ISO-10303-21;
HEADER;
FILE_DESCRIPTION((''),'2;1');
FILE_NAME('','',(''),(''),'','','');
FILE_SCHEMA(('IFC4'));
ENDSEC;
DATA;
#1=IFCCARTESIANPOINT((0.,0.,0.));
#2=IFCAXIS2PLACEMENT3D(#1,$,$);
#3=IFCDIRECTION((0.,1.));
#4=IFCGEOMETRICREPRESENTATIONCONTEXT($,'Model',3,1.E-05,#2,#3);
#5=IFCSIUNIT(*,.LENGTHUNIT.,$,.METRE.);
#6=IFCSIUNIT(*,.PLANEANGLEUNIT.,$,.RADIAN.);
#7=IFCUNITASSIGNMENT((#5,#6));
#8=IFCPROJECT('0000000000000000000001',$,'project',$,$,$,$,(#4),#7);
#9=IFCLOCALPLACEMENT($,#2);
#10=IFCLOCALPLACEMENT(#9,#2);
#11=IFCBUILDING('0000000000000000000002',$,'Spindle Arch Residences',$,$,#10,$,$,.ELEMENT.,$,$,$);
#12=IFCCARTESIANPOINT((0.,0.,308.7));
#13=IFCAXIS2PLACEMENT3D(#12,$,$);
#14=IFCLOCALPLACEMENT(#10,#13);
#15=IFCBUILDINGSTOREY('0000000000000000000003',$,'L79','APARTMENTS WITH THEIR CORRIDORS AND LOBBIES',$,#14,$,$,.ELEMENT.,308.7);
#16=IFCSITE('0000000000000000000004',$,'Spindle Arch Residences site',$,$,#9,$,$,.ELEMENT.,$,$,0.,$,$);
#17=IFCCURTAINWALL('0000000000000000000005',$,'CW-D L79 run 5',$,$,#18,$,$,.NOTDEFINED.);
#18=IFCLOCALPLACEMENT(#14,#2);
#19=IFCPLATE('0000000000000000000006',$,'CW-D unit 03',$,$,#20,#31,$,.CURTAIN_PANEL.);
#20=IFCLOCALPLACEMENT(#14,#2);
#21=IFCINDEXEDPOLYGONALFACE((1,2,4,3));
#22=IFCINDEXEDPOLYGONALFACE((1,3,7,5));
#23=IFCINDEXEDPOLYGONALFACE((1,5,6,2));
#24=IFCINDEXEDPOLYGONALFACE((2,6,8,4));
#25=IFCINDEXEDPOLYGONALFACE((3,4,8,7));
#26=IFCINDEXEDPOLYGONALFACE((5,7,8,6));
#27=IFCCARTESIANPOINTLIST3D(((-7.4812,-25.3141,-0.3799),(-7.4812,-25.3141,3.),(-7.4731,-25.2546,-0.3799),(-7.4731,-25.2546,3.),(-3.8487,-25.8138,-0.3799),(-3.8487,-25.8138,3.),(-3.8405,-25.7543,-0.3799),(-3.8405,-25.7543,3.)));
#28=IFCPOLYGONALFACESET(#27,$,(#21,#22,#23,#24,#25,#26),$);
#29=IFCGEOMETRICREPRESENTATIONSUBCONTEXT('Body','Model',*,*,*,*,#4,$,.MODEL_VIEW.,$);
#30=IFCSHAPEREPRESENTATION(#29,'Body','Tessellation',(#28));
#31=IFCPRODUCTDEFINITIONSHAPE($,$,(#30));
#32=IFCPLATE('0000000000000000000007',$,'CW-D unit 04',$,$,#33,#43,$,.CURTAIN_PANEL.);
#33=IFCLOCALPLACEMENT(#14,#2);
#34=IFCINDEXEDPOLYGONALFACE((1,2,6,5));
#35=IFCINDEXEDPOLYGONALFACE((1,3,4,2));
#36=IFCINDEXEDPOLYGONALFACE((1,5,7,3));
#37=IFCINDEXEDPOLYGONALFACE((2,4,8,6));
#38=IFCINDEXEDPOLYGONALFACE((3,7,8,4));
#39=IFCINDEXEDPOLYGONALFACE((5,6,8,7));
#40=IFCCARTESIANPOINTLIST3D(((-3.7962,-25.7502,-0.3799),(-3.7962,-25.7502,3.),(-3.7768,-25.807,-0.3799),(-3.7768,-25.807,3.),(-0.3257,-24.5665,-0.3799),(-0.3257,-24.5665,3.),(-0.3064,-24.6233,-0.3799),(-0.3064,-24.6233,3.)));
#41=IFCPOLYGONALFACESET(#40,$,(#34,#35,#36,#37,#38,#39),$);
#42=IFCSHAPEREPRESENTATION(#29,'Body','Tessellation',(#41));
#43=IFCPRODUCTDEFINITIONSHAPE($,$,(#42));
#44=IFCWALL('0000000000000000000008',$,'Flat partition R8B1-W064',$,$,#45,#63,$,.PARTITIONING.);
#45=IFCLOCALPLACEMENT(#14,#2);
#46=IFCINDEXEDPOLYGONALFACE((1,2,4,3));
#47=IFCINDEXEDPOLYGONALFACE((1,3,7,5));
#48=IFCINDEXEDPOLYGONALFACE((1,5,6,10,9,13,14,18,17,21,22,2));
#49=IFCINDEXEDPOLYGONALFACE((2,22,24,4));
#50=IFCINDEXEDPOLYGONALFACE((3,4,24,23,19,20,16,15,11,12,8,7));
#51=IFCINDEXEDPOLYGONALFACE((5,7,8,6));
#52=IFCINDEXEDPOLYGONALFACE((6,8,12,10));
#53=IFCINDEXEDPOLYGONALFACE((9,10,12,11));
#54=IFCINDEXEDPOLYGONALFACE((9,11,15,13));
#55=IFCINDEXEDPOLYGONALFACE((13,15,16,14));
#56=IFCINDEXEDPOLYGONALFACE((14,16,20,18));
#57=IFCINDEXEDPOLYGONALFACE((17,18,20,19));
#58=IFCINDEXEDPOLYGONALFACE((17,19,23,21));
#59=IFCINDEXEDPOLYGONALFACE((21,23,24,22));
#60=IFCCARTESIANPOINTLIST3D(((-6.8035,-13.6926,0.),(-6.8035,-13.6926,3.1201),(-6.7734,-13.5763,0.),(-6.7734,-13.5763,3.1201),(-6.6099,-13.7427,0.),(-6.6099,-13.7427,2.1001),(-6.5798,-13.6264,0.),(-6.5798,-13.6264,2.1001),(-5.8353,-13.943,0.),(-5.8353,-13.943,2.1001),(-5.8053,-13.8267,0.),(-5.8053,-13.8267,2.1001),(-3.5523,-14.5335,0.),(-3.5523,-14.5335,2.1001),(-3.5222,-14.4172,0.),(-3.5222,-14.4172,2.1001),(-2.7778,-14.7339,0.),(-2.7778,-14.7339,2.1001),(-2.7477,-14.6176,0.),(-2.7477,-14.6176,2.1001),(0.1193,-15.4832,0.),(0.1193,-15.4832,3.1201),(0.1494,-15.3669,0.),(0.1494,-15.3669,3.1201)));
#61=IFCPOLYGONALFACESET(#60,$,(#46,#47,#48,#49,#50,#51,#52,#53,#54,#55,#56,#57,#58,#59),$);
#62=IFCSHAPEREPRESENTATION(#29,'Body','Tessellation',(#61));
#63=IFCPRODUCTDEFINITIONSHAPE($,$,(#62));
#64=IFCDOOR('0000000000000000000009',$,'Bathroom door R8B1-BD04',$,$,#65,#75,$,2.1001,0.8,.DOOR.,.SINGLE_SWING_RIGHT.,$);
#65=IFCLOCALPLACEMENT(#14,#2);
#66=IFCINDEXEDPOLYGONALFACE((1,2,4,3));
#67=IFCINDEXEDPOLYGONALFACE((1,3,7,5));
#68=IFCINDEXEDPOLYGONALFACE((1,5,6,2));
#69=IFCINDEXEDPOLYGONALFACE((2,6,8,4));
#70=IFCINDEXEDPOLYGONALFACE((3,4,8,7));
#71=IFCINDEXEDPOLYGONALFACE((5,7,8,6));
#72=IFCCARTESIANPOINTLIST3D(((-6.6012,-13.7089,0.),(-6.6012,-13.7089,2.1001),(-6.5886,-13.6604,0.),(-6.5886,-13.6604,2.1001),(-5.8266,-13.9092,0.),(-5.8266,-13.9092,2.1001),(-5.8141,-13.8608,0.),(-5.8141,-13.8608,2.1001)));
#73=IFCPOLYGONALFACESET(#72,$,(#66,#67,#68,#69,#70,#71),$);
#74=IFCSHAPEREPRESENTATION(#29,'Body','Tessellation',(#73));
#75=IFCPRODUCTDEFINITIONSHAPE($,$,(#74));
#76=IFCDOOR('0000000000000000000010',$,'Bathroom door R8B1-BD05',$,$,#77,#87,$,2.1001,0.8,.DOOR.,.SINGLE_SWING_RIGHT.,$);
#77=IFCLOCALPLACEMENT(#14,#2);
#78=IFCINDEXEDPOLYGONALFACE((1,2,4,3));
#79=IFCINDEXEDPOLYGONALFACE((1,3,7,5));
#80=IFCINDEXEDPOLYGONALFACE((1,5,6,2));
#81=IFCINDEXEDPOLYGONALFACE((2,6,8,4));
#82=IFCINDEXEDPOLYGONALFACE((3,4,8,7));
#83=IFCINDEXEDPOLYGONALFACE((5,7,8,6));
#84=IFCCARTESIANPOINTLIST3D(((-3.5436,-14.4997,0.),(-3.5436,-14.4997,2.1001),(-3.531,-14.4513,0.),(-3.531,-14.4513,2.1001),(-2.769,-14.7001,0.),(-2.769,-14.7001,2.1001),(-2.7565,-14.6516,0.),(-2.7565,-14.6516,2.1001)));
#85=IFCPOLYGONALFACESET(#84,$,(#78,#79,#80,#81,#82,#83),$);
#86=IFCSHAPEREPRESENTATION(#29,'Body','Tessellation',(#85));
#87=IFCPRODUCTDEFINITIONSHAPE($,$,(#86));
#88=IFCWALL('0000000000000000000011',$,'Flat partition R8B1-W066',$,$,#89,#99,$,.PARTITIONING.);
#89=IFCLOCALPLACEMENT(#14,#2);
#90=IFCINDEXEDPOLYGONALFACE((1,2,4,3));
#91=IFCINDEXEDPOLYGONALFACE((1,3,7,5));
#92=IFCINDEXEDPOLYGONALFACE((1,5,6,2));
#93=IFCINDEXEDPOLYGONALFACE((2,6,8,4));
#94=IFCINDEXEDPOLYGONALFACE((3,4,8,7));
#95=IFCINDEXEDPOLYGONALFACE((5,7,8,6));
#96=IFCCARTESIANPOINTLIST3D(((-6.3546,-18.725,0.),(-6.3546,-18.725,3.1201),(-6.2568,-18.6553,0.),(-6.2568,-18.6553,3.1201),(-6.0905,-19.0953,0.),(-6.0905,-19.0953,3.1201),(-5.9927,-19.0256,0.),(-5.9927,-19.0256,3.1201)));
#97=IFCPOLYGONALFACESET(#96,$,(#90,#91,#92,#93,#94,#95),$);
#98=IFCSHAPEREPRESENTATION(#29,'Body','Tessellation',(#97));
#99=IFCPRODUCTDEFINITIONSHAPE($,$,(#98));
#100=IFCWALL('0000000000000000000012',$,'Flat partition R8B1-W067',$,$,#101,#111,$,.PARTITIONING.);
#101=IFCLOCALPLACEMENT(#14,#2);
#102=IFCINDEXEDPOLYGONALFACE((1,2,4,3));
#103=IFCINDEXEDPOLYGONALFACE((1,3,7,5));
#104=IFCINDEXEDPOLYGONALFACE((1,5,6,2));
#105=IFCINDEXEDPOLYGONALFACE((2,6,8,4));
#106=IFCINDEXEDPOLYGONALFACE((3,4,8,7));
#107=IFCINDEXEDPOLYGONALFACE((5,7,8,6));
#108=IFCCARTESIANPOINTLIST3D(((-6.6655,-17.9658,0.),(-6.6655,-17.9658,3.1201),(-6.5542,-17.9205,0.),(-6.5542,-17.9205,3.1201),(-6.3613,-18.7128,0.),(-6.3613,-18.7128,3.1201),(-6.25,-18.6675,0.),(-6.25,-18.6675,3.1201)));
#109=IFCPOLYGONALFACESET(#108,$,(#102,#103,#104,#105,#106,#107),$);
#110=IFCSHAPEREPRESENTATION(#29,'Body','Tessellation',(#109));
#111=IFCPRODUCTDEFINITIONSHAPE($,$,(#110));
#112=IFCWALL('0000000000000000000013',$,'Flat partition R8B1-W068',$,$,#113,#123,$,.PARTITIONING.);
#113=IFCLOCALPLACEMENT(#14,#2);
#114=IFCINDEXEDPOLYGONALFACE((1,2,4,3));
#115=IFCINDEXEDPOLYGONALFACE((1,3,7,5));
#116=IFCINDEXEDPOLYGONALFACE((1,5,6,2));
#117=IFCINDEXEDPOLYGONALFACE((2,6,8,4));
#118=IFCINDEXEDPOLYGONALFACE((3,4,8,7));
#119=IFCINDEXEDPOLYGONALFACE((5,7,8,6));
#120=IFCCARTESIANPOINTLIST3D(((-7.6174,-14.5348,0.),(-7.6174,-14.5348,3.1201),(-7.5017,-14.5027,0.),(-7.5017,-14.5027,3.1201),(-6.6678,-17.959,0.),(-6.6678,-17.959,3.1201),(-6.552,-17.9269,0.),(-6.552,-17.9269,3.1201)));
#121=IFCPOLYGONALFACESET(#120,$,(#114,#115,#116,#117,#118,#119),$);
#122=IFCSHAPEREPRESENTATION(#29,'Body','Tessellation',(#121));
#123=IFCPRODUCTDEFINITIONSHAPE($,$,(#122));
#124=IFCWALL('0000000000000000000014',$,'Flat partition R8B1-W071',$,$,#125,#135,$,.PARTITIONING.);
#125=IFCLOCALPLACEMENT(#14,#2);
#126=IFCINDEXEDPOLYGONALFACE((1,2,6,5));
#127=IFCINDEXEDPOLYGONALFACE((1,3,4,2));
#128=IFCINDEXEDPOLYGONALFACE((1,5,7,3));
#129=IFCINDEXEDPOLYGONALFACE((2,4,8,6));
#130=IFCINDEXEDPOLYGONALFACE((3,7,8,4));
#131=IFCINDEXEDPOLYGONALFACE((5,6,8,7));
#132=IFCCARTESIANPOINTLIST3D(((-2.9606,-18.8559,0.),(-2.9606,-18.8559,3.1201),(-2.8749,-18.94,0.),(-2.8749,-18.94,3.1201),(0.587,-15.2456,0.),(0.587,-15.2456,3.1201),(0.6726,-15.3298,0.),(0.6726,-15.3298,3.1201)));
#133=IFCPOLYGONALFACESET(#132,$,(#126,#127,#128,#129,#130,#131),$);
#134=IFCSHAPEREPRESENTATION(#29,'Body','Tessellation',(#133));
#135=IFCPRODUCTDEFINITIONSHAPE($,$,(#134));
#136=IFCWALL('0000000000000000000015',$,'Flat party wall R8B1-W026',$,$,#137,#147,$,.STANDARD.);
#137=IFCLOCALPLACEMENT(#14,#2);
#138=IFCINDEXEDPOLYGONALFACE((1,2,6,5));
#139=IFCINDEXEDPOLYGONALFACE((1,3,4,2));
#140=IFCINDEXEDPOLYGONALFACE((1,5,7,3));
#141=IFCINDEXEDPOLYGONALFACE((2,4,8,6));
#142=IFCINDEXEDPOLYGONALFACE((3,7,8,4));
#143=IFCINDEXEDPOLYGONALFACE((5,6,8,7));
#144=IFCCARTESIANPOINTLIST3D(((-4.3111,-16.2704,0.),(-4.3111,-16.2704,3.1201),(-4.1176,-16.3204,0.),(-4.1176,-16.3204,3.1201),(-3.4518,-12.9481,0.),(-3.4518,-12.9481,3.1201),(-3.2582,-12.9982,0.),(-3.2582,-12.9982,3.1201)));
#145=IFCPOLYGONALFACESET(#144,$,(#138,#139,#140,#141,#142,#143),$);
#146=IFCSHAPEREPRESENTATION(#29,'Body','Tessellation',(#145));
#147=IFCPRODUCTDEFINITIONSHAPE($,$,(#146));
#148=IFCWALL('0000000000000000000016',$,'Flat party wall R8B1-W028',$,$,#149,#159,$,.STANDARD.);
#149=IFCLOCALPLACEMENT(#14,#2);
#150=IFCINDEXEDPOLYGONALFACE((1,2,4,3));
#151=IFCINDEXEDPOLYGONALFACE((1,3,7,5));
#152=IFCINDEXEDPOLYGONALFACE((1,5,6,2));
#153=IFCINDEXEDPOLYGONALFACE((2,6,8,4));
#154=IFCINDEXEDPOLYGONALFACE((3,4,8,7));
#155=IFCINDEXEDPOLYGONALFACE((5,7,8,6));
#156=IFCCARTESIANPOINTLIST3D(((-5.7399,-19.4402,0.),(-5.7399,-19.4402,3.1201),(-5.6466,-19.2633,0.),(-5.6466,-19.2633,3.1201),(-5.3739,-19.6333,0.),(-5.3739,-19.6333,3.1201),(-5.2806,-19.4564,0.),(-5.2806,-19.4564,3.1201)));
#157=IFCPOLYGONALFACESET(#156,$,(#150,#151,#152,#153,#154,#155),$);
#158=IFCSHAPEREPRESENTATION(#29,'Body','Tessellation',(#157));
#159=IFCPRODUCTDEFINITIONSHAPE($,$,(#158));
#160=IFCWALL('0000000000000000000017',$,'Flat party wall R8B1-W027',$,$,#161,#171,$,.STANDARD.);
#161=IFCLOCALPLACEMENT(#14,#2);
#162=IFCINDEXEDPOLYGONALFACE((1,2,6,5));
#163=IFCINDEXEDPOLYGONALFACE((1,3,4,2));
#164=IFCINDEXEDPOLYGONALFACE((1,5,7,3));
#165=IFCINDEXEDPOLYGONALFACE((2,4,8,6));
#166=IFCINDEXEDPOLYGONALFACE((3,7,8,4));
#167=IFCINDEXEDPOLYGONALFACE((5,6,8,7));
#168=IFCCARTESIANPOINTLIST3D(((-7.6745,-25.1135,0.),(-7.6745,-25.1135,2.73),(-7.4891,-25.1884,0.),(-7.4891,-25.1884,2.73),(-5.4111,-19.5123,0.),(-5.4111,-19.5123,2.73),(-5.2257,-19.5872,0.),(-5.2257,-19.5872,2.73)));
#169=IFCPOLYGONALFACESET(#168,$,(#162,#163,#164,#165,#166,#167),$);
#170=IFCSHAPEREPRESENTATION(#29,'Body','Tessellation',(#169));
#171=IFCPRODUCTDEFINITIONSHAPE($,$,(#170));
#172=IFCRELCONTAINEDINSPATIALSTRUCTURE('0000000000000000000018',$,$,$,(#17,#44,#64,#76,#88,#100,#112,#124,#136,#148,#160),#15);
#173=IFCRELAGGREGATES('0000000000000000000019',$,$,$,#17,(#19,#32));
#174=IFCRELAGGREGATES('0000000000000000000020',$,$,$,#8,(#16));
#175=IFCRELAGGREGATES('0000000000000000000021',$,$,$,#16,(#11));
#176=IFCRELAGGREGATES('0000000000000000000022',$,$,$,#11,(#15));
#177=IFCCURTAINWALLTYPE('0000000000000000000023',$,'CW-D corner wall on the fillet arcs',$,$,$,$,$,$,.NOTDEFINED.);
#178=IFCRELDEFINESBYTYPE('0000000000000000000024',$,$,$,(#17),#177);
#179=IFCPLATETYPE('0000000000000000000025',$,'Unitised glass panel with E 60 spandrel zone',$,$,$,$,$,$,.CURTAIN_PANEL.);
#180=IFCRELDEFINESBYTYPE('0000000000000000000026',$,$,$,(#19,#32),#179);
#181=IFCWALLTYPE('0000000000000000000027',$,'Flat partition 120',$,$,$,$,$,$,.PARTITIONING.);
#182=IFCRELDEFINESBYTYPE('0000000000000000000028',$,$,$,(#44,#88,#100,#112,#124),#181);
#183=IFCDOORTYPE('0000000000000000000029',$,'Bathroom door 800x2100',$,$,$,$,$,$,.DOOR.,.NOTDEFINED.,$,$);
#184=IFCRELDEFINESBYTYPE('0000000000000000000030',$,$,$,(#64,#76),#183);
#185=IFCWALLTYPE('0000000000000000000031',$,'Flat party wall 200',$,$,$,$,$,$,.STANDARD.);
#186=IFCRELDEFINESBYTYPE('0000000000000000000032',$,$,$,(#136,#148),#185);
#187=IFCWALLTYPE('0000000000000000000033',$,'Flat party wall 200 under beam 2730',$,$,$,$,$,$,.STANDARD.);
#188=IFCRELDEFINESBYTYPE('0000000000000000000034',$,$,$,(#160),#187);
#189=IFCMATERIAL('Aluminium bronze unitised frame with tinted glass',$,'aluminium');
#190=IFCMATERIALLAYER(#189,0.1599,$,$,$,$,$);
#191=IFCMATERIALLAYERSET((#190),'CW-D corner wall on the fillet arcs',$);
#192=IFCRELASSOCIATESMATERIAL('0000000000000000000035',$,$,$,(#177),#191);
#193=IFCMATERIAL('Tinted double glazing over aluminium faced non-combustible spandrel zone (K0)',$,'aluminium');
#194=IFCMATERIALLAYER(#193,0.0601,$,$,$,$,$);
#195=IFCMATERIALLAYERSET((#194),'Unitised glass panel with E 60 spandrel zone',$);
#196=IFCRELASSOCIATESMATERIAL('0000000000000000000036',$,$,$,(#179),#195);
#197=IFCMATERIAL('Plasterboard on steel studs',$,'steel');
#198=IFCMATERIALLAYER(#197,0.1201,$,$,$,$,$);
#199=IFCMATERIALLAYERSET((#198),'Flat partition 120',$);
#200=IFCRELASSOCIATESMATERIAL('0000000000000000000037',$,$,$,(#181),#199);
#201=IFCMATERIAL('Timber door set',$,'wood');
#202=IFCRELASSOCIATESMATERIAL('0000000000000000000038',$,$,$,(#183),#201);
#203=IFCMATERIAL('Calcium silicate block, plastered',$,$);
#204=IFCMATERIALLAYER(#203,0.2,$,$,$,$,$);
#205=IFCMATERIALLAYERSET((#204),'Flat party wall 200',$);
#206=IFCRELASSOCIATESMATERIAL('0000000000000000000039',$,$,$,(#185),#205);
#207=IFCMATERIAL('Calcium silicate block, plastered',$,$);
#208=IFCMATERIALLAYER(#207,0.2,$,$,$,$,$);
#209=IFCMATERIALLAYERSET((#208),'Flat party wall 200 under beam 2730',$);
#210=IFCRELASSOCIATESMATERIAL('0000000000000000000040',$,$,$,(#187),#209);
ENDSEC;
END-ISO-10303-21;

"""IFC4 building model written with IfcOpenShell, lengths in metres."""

from ifc_helpers import new_model, si_unit, direction, frame, frame_2d, origin, origin_2d, place, context, subcontext, project, spatial, rectangle, extrude, material, layer, layer_set, type_object, element, fill, aggregate, save


model = new_model("IFC4")

# Units and contexts
model_context = context("Model", 3, precision=1e-05, world=origin(), true_north=direction((0.0, 1.0)))
body_context = subcontext(model_context, "Body", "Model", "MODEL_VIEW")
ifc_project = project(units=[si_unit("LENGTHUNIT", "METRE"), si_unit("PLANEANGLEUNIT", "RADIAN")], contexts=[model_context])

# Site, building, storey
site_placement = place(None, origin())
site = spatial("IfcSite", under=ifc_project, at=site_placement, Name="Spindle Arch Residences site", CompositionType="ELEMENT", RefElevation=0.0)
building_placement = place(site_placement, origin())
building = spatial("IfcBuilding", under=site, at=building_placement, Name="Spindle Arch Residences", CompositionType="ELEMENT")
storey_placement = place(building_placement, frame((0.0, 0.0, 308.7)))
storey = spatial("IfcBuildingStorey", under=building, at=storey_placement, Name="L79", Description="APARTMENTS WITH THEIR CORRIDORS AND LOBBIES", CompositionType="ELEMENT", Elevation=308.7)

# Curtain wall
ifc_material_1 = material(Name="Aluminium bronze unitised frame with tinted glass", Category="aluminium")
ifc_layer_1 = layer(ifc_material_1, 0.1599)
ifc_layer_set_1 = layer_set([ifc_layer_1], Name="CW-D corner wall on the fillet arcs")
curtain_wall_type = type_object("IfcCurtainWallType", Name="CW-D corner wall on the fillet arcs", PredefinedType="NOTDEFINED", material=ifc_layer_set_1)
curtain_wall_placement = place(storey_placement, origin())
curtain_wall = element("IfcCurtainWall", 1, at=curtain_wall_placement, inside=storey, type_object=curtain_wall_type, Name="CW-D L79 run 5", PredefinedType="NOTDEFINED")

# Plates
ifc_material_2 = material(Name="Tinted double glazing over aluminium faced non-combustible spandrel zone (K0)", Category="aluminium")
ifc_layer_2 = layer(ifc_material_2, 0.0601)
ifc_layer_set_2 = layer_set([ifc_layer_2], Name="Unitised glass panel with E 60 spandrel zone")
plate_type = type_object("IfcPlateType", Name="Unitised glass panel with E 60 spandrel zone", PredefinedType="CURTAIN_PANEL", material=ifc_layer_set_2)
plate_1_placement = place(storey_placement, frame((-5.6609, -25.5342, -0.3799), z_axis=(0.0, 0.0, 1.0), x_axis=(0.990669, -0.136292, 0.0)))
plate_1 = element("IfcPlate", 2, at=plate_1_placement, type_object=plate_type, Name="CW-D unit 03", PredefinedType="CURTAIN_PANEL", context=body_context, shape_type="SweptSolid", body=[
    extrude(rectangle(XDim=3.6667, YDim=0.0601, at=origin_2d()), origin(), (0.0, 0.0, 1.0), 3.3799),
])
plate_2_placement = place(storey_placement, frame((-2.0513, -25.1868, -0.3799), z_axis=(0.0, 0.0, 1.0), x_axis=(0.946462, 0.322816, 0.0)))
plate_2 = element("IfcPlate", 3, at=plate_2_placement, type_object=plate_type, Name="CW-D unit 04", PredefinedType="CURTAIN_PANEL", context=body_context, shape_type="SweptSolid", body=[
    extrude(rectangle(XDim=3.6667, YDim=0.0601, at=origin_2d()), origin(), (0.0, 0.0, 1.0), 3.3799),
])
aggregate(curtain_wall, [plate_1, plate_2])

# Wall, openings, doors
ifc_material_3 = material(Name="Plasterboard on steel studs", Category="steel")
ifc_layer_3 = layer(ifc_material_3, 0.1201)
ifc_layer_set_3 = layer_set([ifc_layer_3], Name="Flat partition 120")
wall_type_1 = type_object("IfcWallType", Name="Flat partition 120", PredefinedType="PARTITIONING", material=ifc_layer_set_3)
wall_1_placement = place(storey_placement, frame((-6.7883, -13.6345, 0.0), z_axis=(0.0, 0.0, 1.0), x_axis=(0.968142, -0.2504, 0.0)))
wall_1 = element("IfcWall", 4, at=wall_1_placement, inside=storey, type_object=wall_type_1, Name="Flat partition R8B1-W064", PredefinedType="PARTITIONING", context=body_context, shape_type="SweptSolid", body=[
    extrude(rectangle(XDim=7.1506, YDim=0.1201, at=frame_2d((3.5752, 0.0))), origin(), (0.0, 0.0, 1.0), 3.1201),
])
opening_1_placement = place(wall_1_placement, frame((0.2, 0.0, 0.0)))
opening_1 = element("IfcOpeningElement", 5, at=opening_1_placement, cuts=wall_1, PredefinedType="OPENING", context=body_context, shape_type="SweptSolid", body=[
    extrude(rectangle(XDim=0.8, YDim=2.1001, at=frame_2d((0.3999, 1.05))), frame((0.0, 0.0701, 0.0), z_axis=(0.0, -1.0, 0.0), x_axis=(1.0, 0.0, 0.0)), (0.0, 0.0, 1.0), 0.1401),
])
opening_2_placement = place(wall_1_placement, frame((3.3582, 0.0, 0.0)))
opening_2 = element("IfcOpeningElement", 6, at=opening_2_placement, cuts=wall_1, PredefinedType="OPENING", context=body_context, shape_type="SweptSolid", body=[
    extrude(rectangle(XDim=0.8, YDim=2.1001, at=frame_2d((0.3999, 1.05))), frame((0.0, 0.0701, 0.0), z_axis=(0.0, -1.0, 0.0), x_axis=(1.0, 0.0, 0.0)), (0.0, 0.0, 1.0), 0.1401),
])
ifc_material_4 = material(Name="Timber door set", Category="wood")
door_type = type_object("IfcDoorType", Name="Bathroom door 800x2100", OperationType="NOTDEFINED", PredefinedType="DOOR", material=ifc_material_4)
door_1_placement = place(opening_1_placement, origin())
door_1 = element("IfcDoor", 7, at=door_1_placement, inside=storey, type_object=door_type, Name="Bathroom door R8B1-BD04", OperationType="SINGLE_SWING_RIGHT", OverallHeight=2.1001, OverallWidth=0.8, PredefinedType="DOOR", context=body_context, shape_type="SweptSolid", body=[
    extrude(rectangle(XDim=0.8, YDim=2.1001, at=frame_2d((0.3999, 1.05))), frame((0.0, 0.0249, 0.0), z_axis=(0.0, -1.0, 0.0), x_axis=(1.0, 0.0, 0.0)), (0.0, 0.0, 1.0), 0.05),
])
fill(opening_1, door_1)
door_2_placement = place(opening_2_placement, origin())
door_2 = element("IfcDoor", 8, at=door_2_placement, inside=storey, type_object=door_type, Name="Bathroom door R8B1-BD05", OperationType="SINGLE_SWING_RIGHT", OverallHeight=2.1001, OverallWidth=0.8, PredefinedType="DOOR", context=body_context, shape_type="SweptSolid", body=[
    extrude(rectangle(XDim=0.8, YDim=2.1001, at=frame_2d((0.3999, 1.05))), frame((0.0, 0.0249, 0.0), z_axis=(0.0, -1.0, 0.0), x_axis=(1.0, 0.0, 0.0)), (0.0, 0.0, 1.0), 0.05),
])
fill(opening_2, door_2)

# Walls
wall_2_placement = place(storey_placement, frame((-6.0415, -19.0605, 0.0), z_axis=(0.0, 0.0, 1.0), x_axis=(-0.58068, 0.814132, 0.0)))
element("IfcWall", 9, at=wall_2_placement, inside=storey, type_object=wall_type_1, Name="Flat partition R8B1-W066", PredefinedType="PARTITIONING", context=body_context, shape_type="SweptSolid", body=[
    extrude(rectangle(XDim=0.4548, YDim=0.1201, at=frame_2d((0.2275, 0.0))), origin(), (0.0, 0.0, 1.0), 3.1201),
])
wall_3_placement = place(storey_placement, frame((-6.3057, -18.6902, 0.0), z_axis=(0.0, 0.0, 1.0), x_axis=(-0.377124, 0.926163, 0.0)))
element("IfcWall", 10, at=wall_3_placement, inside=storey, type_object=wall_type_1, Name="Flat partition R8B1-W067", PredefinedType="PARTITIONING", context=body_context, shape_type="SweptSolid", body=[
    extrude(rectangle(XDim=0.8066, YDim=0.1201, at=frame_2d((0.4033, 0.0))), origin(), (0.0, 0.0, 1.0), 3.1201),
])
wall_4_placement = place(storey_placement, frame((-6.6099, -17.9431, 0.0), z_axis=(0.0, 0.0, 1.0), x_axis=(-0.267254, 0.963626, 0.0)))
element("IfcWall", 11, at=wall_4_placement, inside=storey, type_object=wall_type_1, Name="Flat partition R8B1-W068", PredefinedType="PARTITIONING", context=body_context, shape_type="SweptSolid", body=[
    extrude(rectangle(XDim=3.5535, YDim=0.1201, at=frame_2d((1.7769, 0.0))), origin(), (0.0, 0.0, 1.0), 3.1201),
])
wall_5_placement = place(storey_placement, frame((-2.9177, -18.8979, 0.0), z_axis=(0.0, 0.0, 1.0), x_axis=(0.700882, 0.713278, 0.0)))
element("IfcWall", 12, at=wall_5_placement, inside=storey, type_object=wall_type_1, Name="Flat partition R8B1-W071", PredefinedType="PARTITIONING", context=body_context, shape_type="SweptSolid", body=[
    extrude(rectangle(XDim=5.0615, YDim=0.1201, at=frame_2d((2.5308, 0.0))), origin(), (0.0, 0.0, 1.0), 3.1201),
])
ifc_material_5 = material(Name="Calcium silicate block, plastered")
ifc_layer_4 = layer(ifc_material_5, 0.2)
ifc_layer_set_4 = layer_set([ifc_layer_4], Name="Flat party wall 200")
wall_type_2 = type_object("IfcWallType", Name="Flat party wall 200", PredefinedType="STANDARD", material=ifc_layer_set_4)
wall_6_placement = place(storey_placement, frame((-4.2144, -16.2954, 0.0), z_axis=(0.0, 0.0, 1.0), x_axis=(0.250429, 0.968135, 0.0)))
element("IfcWall", 13, at=wall_6_placement, inside=storey, type_object=wall_type_2, Name="Flat party wall R8B1-W026", PredefinedType="STANDARD", context=body_context, shape_type="SweptSolid", body=[
    extrude(rectangle(XDim=3.4316, YDim=0.2, at=frame_2d((1.7158, 0.0))), origin(), (0.0, 0.0, 1.0), 3.1201),
])
wall_7_placement = place(storey_placement, frame((-5.3271, -19.5449, 0.0), z_axis=(0.0, 0.0, 1.0), x_axis=(-0.884419, 0.466695, 0.0)))
element("IfcWall", 14, at=wall_7_placement, inside=storey, type_object=wall_type_2, Name="Flat party wall R8B1-W028", PredefinedType="STANDARD", context=body_context, shape_type="SweptSolid", body=[
    extrude(rectangle(XDim=0.4138, YDim=0.2, at=frame_2d((0.207, 0.0))), origin(), (0.0, 0.0, 1.0), 3.1201),
])
ifc_material_6 = material(Name="Calcium silicate block, plastered")
ifc_layer_5 = layer(ifc_material_6, 0.2)
ifc_layer_set_5 = layer_set([ifc_layer_5], Name="Flat party wall 200 under beam 2730")
wall_type_3 = type_object("IfcWallType", Name="Flat party wall 200 under beam 2730", PredefinedType="STANDARD", material=ifc_layer_set_5)
wall_8_placement = place(storey_placement, frame((-7.5818, -25.1509, 0.0), z_axis=(0.0, 0.0, 1.0), x_axis=(0.374656, 0.927164, 0.0)))
element("IfcWall", 15, at=wall_8_placement, inside=storey, type_object=wall_type_3, Name="Flat party wall R8B1-W027", PredefinedType="STANDARD", context=body_context, shape_type="SweptSolid", body=[
    extrude(rectangle(XDim=6.0413, YDim=0.2, at=frame_2d((3.0205, 0.0))), origin(), (0.0, 0.0, 1.0), 2.73),
])

save(model, "model.ifc")
